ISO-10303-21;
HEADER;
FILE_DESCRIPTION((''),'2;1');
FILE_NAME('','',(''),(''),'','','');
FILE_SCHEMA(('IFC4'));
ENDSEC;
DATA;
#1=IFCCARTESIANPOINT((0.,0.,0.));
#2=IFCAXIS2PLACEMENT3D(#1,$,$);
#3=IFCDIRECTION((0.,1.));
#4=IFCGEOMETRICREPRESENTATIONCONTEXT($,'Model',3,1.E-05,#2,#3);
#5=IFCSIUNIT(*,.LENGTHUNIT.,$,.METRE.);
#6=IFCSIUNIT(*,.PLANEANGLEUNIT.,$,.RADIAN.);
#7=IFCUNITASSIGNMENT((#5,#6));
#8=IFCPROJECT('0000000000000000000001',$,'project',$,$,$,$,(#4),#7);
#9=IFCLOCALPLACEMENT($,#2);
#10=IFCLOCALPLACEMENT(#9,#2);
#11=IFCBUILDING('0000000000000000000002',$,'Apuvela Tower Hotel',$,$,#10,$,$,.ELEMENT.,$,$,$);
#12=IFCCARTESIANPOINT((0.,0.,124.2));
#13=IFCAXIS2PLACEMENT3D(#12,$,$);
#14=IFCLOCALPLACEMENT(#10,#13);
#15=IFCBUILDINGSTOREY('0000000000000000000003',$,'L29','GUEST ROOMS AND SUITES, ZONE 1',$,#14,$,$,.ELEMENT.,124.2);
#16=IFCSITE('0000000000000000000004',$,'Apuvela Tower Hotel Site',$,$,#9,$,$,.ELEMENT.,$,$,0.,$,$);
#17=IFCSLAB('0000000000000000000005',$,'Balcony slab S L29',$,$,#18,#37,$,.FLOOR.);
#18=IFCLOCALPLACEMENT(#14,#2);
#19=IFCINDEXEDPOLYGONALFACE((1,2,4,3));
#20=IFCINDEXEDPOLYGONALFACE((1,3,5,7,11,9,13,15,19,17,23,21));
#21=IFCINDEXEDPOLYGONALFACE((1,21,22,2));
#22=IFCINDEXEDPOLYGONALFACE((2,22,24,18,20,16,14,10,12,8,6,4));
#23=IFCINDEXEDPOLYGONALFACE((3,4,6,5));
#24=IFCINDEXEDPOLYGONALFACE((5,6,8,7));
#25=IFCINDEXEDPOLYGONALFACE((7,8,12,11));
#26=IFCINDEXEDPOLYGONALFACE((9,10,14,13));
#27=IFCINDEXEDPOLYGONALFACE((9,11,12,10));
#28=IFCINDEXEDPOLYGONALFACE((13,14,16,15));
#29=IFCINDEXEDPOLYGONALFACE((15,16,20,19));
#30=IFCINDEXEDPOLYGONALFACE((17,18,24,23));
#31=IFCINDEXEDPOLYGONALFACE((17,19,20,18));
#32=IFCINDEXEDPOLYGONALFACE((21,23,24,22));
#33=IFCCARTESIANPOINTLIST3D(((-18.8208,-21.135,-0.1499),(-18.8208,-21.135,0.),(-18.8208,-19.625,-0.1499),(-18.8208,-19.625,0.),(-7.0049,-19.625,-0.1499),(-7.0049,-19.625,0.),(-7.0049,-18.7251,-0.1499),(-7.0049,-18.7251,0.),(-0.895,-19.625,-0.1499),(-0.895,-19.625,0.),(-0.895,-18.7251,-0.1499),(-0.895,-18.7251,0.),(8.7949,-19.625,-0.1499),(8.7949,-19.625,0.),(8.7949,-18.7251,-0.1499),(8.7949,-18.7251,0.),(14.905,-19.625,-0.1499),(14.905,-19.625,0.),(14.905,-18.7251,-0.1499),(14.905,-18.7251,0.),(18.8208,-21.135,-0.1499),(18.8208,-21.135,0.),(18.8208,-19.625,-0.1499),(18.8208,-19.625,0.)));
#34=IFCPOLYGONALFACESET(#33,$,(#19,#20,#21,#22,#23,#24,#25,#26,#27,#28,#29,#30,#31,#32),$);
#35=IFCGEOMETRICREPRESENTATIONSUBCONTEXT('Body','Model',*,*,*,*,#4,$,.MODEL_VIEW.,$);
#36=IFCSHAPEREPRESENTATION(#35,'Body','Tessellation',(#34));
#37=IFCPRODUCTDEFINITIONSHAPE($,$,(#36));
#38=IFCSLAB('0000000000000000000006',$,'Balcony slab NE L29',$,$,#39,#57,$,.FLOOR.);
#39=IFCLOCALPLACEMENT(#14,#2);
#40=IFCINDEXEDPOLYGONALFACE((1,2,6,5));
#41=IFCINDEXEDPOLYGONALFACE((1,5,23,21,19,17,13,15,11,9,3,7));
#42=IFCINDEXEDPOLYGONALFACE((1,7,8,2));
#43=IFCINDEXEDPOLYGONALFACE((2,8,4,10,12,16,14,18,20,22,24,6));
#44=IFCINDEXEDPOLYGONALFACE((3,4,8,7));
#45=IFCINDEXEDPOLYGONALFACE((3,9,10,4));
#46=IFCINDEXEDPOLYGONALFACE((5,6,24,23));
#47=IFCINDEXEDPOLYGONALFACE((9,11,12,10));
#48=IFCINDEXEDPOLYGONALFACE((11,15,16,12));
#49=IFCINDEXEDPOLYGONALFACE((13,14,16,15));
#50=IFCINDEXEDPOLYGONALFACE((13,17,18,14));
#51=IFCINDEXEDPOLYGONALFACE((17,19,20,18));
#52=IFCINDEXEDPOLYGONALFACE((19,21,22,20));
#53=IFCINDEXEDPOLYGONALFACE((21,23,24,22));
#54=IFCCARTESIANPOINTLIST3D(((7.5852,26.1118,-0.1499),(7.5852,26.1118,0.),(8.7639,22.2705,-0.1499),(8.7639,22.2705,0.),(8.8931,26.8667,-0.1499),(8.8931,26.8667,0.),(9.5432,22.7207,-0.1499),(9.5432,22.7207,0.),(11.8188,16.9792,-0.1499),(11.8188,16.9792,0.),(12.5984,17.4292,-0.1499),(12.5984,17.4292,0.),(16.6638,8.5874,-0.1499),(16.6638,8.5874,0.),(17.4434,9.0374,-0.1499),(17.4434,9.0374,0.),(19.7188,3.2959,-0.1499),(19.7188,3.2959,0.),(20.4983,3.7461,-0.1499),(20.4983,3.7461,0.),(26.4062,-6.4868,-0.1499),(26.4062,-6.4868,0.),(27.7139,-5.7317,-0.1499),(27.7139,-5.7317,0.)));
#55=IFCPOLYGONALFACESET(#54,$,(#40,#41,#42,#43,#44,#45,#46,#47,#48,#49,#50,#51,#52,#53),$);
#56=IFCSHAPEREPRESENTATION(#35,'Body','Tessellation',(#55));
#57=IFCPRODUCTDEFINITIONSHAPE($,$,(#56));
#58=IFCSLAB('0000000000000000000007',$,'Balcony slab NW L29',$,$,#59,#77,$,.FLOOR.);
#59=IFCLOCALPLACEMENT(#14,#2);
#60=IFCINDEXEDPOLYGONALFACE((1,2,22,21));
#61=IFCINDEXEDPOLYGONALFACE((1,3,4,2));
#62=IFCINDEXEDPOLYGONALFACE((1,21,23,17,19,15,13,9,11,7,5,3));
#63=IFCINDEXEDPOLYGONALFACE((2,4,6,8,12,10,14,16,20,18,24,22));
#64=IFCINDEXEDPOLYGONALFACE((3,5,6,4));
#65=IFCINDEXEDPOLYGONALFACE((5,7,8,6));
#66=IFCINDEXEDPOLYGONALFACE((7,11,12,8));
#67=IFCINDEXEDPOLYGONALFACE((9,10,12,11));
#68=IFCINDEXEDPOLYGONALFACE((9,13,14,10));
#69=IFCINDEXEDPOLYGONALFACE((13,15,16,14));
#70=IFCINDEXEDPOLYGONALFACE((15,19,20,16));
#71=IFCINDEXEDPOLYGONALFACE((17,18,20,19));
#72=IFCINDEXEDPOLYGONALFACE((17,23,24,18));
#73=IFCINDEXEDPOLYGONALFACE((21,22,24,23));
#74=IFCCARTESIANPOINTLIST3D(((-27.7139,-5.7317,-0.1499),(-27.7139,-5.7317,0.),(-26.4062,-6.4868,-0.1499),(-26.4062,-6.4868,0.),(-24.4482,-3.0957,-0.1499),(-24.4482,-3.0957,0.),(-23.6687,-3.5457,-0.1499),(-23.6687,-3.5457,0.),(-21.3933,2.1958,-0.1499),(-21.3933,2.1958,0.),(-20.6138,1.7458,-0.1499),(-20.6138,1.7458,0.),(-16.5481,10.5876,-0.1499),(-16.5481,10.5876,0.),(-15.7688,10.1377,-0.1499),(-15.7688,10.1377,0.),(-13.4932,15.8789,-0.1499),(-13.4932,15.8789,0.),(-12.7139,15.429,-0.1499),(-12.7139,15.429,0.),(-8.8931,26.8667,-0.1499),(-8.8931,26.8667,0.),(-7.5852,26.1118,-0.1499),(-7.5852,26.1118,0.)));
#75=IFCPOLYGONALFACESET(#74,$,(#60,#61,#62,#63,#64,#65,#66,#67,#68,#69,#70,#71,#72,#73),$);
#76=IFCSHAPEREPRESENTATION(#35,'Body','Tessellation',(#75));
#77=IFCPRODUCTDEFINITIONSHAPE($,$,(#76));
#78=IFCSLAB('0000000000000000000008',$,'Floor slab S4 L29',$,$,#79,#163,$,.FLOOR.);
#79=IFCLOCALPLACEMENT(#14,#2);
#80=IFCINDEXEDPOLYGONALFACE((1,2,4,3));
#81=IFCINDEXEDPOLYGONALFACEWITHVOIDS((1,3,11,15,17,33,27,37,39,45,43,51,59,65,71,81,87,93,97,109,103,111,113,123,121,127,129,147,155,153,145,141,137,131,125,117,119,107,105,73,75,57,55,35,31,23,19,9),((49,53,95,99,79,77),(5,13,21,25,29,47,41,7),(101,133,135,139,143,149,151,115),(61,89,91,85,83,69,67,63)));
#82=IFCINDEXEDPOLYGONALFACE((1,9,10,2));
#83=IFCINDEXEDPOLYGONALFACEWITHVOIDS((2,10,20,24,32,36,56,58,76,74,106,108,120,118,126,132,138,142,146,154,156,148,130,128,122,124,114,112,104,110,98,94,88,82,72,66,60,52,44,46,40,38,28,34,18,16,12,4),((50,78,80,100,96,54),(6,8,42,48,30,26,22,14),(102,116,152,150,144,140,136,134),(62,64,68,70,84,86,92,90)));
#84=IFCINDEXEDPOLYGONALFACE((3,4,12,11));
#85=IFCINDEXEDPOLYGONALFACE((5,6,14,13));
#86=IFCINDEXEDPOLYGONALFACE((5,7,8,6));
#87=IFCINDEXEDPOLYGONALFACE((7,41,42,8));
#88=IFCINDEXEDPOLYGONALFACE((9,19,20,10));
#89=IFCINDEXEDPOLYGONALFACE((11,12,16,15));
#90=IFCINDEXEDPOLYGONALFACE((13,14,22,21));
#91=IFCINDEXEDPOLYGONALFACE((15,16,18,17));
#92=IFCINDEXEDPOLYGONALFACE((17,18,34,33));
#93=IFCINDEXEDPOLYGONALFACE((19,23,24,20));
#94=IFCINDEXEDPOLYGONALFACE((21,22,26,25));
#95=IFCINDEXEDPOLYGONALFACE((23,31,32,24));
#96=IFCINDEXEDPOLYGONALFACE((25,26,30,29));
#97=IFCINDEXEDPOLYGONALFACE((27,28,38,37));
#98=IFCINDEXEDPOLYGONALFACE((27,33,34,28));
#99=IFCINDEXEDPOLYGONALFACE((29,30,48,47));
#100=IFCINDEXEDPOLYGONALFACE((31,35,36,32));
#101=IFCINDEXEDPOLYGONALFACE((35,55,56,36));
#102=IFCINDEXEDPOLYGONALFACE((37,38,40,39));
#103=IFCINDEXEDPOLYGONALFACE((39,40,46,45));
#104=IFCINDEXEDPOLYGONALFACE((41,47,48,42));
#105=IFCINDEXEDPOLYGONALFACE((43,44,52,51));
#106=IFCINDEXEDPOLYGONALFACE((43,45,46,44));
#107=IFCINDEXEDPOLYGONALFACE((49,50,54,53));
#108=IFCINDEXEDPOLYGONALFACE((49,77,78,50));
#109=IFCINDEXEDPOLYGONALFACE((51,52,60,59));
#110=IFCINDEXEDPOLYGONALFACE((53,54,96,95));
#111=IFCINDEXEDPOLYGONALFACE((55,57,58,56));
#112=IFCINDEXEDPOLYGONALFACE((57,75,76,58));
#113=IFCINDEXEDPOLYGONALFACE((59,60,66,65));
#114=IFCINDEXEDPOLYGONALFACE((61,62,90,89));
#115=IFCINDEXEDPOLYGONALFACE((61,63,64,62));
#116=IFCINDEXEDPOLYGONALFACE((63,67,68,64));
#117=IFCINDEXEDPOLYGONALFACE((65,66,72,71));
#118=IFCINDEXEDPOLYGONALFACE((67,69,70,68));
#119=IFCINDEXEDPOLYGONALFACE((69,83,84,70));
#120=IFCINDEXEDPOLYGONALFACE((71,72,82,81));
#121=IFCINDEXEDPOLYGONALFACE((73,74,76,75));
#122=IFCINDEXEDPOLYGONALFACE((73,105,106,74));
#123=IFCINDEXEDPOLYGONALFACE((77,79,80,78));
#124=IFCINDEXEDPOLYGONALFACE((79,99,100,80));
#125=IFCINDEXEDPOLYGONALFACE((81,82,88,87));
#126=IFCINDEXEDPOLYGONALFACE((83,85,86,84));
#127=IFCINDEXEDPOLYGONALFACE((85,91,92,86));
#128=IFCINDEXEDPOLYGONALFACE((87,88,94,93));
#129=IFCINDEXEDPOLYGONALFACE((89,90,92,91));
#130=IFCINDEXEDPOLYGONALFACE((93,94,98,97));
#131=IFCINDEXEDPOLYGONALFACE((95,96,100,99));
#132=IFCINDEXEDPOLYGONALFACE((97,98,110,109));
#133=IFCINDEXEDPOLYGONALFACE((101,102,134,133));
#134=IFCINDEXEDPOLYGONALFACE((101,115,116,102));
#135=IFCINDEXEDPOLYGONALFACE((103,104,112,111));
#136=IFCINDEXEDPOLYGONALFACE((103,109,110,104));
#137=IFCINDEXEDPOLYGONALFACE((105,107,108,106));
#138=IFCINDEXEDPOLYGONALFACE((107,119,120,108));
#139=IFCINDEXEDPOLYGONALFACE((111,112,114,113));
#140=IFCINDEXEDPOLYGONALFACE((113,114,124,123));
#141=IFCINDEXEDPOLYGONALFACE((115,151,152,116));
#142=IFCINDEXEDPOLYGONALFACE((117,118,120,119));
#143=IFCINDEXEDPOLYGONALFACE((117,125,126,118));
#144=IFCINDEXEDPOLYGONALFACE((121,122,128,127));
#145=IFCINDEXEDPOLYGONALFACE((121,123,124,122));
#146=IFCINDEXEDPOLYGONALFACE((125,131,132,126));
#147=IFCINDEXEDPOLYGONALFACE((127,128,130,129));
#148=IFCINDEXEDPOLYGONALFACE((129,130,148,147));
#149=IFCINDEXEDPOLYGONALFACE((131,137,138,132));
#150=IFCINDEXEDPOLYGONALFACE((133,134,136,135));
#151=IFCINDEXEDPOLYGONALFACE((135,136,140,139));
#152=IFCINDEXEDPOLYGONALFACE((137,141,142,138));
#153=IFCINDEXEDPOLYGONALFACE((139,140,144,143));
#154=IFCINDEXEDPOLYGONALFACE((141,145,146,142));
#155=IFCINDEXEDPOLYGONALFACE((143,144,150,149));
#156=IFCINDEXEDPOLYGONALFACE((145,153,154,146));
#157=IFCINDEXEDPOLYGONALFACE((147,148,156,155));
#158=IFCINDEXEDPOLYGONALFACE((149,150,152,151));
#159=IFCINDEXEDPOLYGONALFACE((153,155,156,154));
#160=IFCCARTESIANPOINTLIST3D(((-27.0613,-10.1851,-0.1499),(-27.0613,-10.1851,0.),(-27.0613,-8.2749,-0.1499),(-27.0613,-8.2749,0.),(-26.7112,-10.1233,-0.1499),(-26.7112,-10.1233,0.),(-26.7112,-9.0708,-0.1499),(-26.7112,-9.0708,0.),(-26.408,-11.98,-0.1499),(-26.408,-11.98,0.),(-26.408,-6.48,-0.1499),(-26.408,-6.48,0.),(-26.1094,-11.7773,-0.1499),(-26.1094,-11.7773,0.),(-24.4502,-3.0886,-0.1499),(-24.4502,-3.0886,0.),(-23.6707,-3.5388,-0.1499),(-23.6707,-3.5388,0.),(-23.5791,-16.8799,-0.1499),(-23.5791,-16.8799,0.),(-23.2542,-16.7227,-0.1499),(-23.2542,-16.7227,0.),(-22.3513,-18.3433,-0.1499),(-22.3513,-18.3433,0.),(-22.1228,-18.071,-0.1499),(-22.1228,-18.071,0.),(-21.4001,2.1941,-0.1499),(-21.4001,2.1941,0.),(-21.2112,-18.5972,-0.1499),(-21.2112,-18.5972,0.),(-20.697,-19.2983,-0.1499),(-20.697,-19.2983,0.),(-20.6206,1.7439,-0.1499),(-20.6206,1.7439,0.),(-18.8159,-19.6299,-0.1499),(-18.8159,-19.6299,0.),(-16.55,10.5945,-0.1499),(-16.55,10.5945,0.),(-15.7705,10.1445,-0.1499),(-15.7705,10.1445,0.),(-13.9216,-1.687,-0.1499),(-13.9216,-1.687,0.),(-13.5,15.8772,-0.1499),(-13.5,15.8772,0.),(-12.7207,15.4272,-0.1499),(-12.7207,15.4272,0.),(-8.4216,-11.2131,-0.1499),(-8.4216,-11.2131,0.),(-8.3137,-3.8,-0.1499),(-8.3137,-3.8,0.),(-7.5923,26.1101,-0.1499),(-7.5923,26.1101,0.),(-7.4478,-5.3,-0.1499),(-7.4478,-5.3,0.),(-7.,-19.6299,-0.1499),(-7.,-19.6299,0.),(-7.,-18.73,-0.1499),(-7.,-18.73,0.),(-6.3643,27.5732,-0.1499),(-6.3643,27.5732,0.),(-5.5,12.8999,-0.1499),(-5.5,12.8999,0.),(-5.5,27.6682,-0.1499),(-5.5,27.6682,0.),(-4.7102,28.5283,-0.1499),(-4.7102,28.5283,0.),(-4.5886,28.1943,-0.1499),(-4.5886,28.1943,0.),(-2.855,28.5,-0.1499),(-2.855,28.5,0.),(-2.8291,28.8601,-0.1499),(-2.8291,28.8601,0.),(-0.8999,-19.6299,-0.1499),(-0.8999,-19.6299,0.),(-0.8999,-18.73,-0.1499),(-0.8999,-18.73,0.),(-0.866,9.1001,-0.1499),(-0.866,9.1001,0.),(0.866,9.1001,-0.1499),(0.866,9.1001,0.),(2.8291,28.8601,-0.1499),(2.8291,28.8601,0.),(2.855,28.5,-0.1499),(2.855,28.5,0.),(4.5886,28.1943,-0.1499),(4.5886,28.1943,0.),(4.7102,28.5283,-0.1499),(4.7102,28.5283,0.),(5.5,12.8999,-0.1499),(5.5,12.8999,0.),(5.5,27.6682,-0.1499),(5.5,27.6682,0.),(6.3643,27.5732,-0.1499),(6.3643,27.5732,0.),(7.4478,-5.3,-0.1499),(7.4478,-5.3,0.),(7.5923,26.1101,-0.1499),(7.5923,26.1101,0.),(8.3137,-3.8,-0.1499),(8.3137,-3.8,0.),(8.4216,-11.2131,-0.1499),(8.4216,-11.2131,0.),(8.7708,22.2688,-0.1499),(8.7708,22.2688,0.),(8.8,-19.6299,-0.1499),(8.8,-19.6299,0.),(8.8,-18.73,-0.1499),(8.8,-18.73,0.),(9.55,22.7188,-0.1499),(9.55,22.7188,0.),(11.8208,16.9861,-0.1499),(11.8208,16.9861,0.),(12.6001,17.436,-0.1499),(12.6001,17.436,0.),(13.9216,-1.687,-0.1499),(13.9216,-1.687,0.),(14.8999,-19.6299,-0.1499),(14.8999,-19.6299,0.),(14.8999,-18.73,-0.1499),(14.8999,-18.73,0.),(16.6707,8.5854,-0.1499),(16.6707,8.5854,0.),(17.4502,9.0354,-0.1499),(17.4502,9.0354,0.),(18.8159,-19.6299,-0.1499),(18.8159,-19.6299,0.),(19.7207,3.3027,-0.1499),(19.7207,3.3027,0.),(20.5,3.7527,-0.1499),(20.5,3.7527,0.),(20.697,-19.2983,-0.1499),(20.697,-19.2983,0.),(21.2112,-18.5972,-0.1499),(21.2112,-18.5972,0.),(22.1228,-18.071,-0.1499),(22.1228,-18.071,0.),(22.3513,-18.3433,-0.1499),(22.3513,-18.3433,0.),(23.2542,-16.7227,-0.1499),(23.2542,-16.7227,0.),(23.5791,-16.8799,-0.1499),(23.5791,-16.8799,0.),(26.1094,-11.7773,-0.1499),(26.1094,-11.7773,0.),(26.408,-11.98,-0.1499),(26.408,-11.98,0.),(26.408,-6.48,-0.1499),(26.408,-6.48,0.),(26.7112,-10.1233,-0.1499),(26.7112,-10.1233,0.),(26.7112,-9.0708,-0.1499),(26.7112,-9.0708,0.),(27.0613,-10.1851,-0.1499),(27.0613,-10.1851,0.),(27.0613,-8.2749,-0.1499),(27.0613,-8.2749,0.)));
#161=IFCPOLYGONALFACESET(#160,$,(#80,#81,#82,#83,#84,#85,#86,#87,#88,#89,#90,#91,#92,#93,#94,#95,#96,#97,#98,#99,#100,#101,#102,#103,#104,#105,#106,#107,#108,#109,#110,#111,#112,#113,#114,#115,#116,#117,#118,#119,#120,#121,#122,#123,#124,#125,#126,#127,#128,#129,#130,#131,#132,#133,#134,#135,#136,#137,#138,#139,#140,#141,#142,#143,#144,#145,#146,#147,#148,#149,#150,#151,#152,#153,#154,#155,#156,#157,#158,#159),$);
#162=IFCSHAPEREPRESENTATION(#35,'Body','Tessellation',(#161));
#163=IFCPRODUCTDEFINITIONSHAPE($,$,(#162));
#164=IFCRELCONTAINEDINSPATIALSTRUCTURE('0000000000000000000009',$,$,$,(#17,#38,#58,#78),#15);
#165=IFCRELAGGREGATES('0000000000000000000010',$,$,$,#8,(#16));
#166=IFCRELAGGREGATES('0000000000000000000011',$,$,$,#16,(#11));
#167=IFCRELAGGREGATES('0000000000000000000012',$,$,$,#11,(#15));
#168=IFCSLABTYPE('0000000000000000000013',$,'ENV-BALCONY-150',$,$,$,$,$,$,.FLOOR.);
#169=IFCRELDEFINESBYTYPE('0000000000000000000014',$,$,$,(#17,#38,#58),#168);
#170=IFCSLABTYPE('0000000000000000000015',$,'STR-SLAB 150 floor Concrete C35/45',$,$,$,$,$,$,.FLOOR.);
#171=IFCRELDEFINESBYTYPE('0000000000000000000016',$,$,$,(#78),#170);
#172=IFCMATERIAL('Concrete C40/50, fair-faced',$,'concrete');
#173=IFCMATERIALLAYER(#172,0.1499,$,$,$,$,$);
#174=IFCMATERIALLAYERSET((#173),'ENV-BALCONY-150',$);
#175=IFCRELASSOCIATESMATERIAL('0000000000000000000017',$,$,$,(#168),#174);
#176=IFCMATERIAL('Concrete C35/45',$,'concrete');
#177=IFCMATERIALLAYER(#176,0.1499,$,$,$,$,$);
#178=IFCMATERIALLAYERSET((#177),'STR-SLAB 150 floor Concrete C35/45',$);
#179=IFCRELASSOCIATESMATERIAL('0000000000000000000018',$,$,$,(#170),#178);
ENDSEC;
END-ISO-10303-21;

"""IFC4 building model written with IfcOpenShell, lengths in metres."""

from ifc_helpers import new_model, si_unit, direction, frame, origin, place, context, subcontext, project, spatial, polyline, outline, extrude, material, layer, layer_set, type_object, element, save


model = new_model("IFC4")

# Units and contexts
model_context = context("Model", 3, precision=1e-05, world=origin(), true_north=direction((0.0, 1.0)))
body_context = subcontext(model_context, "Body", "Model", "MODEL_VIEW")
ifc_project = project(units=[si_unit("LENGTHUNIT", "METRE"), si_unit("PLANEANGLEUNIT", "RADIAN")], contexts=[model_context])

# Site, building, storey
site_placement = place(None, origin())
site = spatial("IfcSite", under=ifc_project, at=site_placement, Name="Apuvela Tower Hotel Site", CompositionType="ELEMENT", RefElevation=0.0)
building_placement = place(site_placement, origin())
building = spatial("IfcBuilding", under=site, at=building_placement, Name="Apuvela Tower Hotel", CompositionType="ELEMENT")
storey_placement = place(building_placement, frame((0.0, 0.0, 124.2)))
storey = spatial("IfcBuildingStorey", under=building, at=storey_placement, Name="L29", Description="GUEST ROOMS AND SUITES, ZONE 1", CompositionType="ELEMENT", Elevation=124.2)

# Slabs
ifc_material_1 = material(Name="Concrete C40/50, fair-faced", Category="concrete")
ifc_layer_1 = layer(ifc_material_1, 0.1499)
ifc_layer_set_1 = layer_set([ifc_layer_1], Name="ENV-BALCONY-150")
slab_type_1 = type_object("IfcSlabType", Name="ENV-BALCONY-150", PredefinedType="FLOOR", material=ifc_layer_set_1)
slab_1_placement = place(storey_placement, frame((0.0, 0.0, -0.1499)))
element("IfcSlab", 1, at=slab_1_placement, inside=storey, type_object=slab_type_1, Name="Balcony slab S L29", PredefinedType="FLOOR", context=body_context, shape_type="SweptSolid", body=[
    extrude(outline(polyline([(18.8208, -21.135), (-18.8208, -21.135), (-18.8208, -19.625), (-7.0049, -19.625), (-7.0049, -18.7251), (-0.895, -18.7251), (-0.895, -19.625), (8.7949, -19.625), (8.7949, -18.7251), (14.905, -18.7251), (14.905, -19.625), (18.8208, -19.625), (18.8208, -21.135)])), origin(), (0.0, 0.0, 1.0), 0.1499),
])
slab_2_placement = place(storey_placement, frame((0.0, 0.0, -0.1499)))
element("IfcSlab", 2, at=slab_2_placement, inside=storey, type_object=slab_type_1, Name="Balcony slab NE L29", PredefinedType="FLOOR", context=body_context, shape_type="SweptSolid", body=[
    extrude(outline(polyline([(17.4434, 9.0374), (12.5984, 17.4292), (11.8188, 16.9792), (8.7639, 22.2705), (9.5432, 22.7207), (7.5852, 26.1118), (8.8931, 26.8667), (27.7139, -5.7317), (26.4062, -6.4868), (20.4983, 3.7461), (19.7188, 3.2959), (16.6638, 8.5874), (17.4434, 9.0374)])), origin(), (0.0, 0.0, 1.0), 0.1499),
])
slab_3_placement = place(storey_placement, frame((0.0, 0.0, -0.1499)))
element("IfcSlab", 3, at=slab_3_placement, inside=storey, type_object=slab_type_1, Name="Balcony slab NW L29", PredefinedType="FLOOR", context=body_context, shape_type="SweptSolid", body=[
    extrude(outline(polyline([(-27.7139, -5.7317), (-8.8931, 26.8667), (-7.5852, 26.1118), (-13.4932, 15.8789), (-12.7139, 15.429), (-15.7688, 10.1377), (-16.5481, 10.5876), (-21.3933, 2.1958), (-20.6138, 1.7458), (-23.6687, -3.5457), (-24.4482, -3.0957), (-26.4062, -6.4868), (-27.7139, -5.7317)])), origin(), (0.0, 0.0, 1.0), 0.1499),
])
ifc_material_2 = material(Name="Concrete C35/45", Category="concrete")
ifc_layer_2 = layer(ifc_material_2, 0.1499)
ifc_layer_set_2 = layer_set([ifc_layer_2], Name="STR-SLAB 150 floor Concrete C35/45")
slab_type_2 = type_object("IfcSlabType", Name="STR-SLAB 150 floor Concrete C35/45", PredefinedType="FLOOR", material=ifc_layer_set_2)
slab_4_placement = place(storey_placement, frame((0.0, 0.0, -0.1499)))
element("IfcSlab", 4, at=slab_4_placement, inside=storey, type_object=slab_type_2, Name="Floor slab S4 L29", PredefinedType="FLOOR", context=body_context, shape_type="SweptSolid", body=[
    extrude(outline(polyline([(-6.3643, 27.5732), (-4.7102, 28.5283), (-2.8291, 28.8601), (2.8291, 28.8601), (4.7102, 28.5283), (6.3643, 27.5732), (7.5923, 26.1101), (9.55, 22.7188), (8.7708, 22.2688), (11.8208, 16.9861), (12.6001, 17.436), (17.4502, 9.0354), (16.6707, 8.5854), (19.7207, 3.3027), (20.5, 3.7527), (26.408, -6.48), (27.0613, -8.2749), (27.0613, -10.1851), (26.408, -11.98), (23.5791, -16.8799), (22.3513, -18.3433), (20.697, -19.2983), (18.8159, -19.6299), (14.8999, -19.6299), (14.8999, -18.73), (8.8, -18.73), (8.8, -19.6299), (-0.8999, -19.6299), (-0.8999, -18.73), (-7.0, -18.73), (-7.0, -19.6299), (-18.8159, -19.6299), (-20.697, -19.2983), (-22.3513, -18.3433), (-23.5791, -16.8799), (-26.408, -11.98), (-27.0613, -10.1851), (-27.0613, -8.2749), (-26.408, -6.48), (-24.4502, -3.0886), (-23.6707, -3.5388), (-20.6206, 1.7439), (-21.4001, 2.1941), (-16.55, 10.5945), (-15.7705, 10.1445), (-12.7207, 15.4272), (-13.5, 15.8772), (-7.5923, 26.1101), (-6.3643, 27.5732)]), holes=[polyline([(0.866, 9.1001), (-0.866, 9.1001), (-8.3137, -3.8), (-7.4478, -5.3), (7.4478, -5.3), (8.3137, -3.8), (0.866, 9.1001)]), polyline([(-5.5, 12.8999), (-5.5, 27.6682), (-4.5886, 28.1943), (-2.855, 28.5), (2.855, 28.5), (4.5886, 28.1943), (5.5, 27.6682), (5.5, 12.8999), (-5.5, 12.8999)]), polyline([(-8.4216, -11.2131), (-21.2112, -18.5972), (-22.1228, -18.071), (-23.2542, -16.7227), (-26.1094, -11.7773), (-26.7112, -10.1233), (-26.7112, -9.0708), (-13.9216, -1.687), (-8.4216, -11.2131)]), polyline([(13.9216, -1.687), (26.7112, -9.0708), (26.7112, -10.1233), (26.1094, -11.7773), (23.2542, -16.7227), (22.1228, -18.071), (21.2112, -18.5972), (8.4216, -11.2131), (13.9216, -1.687)])]), origin(), (0.0, 0.0, 1.0), 0.1499),
])

save(model, "model.ifc")
